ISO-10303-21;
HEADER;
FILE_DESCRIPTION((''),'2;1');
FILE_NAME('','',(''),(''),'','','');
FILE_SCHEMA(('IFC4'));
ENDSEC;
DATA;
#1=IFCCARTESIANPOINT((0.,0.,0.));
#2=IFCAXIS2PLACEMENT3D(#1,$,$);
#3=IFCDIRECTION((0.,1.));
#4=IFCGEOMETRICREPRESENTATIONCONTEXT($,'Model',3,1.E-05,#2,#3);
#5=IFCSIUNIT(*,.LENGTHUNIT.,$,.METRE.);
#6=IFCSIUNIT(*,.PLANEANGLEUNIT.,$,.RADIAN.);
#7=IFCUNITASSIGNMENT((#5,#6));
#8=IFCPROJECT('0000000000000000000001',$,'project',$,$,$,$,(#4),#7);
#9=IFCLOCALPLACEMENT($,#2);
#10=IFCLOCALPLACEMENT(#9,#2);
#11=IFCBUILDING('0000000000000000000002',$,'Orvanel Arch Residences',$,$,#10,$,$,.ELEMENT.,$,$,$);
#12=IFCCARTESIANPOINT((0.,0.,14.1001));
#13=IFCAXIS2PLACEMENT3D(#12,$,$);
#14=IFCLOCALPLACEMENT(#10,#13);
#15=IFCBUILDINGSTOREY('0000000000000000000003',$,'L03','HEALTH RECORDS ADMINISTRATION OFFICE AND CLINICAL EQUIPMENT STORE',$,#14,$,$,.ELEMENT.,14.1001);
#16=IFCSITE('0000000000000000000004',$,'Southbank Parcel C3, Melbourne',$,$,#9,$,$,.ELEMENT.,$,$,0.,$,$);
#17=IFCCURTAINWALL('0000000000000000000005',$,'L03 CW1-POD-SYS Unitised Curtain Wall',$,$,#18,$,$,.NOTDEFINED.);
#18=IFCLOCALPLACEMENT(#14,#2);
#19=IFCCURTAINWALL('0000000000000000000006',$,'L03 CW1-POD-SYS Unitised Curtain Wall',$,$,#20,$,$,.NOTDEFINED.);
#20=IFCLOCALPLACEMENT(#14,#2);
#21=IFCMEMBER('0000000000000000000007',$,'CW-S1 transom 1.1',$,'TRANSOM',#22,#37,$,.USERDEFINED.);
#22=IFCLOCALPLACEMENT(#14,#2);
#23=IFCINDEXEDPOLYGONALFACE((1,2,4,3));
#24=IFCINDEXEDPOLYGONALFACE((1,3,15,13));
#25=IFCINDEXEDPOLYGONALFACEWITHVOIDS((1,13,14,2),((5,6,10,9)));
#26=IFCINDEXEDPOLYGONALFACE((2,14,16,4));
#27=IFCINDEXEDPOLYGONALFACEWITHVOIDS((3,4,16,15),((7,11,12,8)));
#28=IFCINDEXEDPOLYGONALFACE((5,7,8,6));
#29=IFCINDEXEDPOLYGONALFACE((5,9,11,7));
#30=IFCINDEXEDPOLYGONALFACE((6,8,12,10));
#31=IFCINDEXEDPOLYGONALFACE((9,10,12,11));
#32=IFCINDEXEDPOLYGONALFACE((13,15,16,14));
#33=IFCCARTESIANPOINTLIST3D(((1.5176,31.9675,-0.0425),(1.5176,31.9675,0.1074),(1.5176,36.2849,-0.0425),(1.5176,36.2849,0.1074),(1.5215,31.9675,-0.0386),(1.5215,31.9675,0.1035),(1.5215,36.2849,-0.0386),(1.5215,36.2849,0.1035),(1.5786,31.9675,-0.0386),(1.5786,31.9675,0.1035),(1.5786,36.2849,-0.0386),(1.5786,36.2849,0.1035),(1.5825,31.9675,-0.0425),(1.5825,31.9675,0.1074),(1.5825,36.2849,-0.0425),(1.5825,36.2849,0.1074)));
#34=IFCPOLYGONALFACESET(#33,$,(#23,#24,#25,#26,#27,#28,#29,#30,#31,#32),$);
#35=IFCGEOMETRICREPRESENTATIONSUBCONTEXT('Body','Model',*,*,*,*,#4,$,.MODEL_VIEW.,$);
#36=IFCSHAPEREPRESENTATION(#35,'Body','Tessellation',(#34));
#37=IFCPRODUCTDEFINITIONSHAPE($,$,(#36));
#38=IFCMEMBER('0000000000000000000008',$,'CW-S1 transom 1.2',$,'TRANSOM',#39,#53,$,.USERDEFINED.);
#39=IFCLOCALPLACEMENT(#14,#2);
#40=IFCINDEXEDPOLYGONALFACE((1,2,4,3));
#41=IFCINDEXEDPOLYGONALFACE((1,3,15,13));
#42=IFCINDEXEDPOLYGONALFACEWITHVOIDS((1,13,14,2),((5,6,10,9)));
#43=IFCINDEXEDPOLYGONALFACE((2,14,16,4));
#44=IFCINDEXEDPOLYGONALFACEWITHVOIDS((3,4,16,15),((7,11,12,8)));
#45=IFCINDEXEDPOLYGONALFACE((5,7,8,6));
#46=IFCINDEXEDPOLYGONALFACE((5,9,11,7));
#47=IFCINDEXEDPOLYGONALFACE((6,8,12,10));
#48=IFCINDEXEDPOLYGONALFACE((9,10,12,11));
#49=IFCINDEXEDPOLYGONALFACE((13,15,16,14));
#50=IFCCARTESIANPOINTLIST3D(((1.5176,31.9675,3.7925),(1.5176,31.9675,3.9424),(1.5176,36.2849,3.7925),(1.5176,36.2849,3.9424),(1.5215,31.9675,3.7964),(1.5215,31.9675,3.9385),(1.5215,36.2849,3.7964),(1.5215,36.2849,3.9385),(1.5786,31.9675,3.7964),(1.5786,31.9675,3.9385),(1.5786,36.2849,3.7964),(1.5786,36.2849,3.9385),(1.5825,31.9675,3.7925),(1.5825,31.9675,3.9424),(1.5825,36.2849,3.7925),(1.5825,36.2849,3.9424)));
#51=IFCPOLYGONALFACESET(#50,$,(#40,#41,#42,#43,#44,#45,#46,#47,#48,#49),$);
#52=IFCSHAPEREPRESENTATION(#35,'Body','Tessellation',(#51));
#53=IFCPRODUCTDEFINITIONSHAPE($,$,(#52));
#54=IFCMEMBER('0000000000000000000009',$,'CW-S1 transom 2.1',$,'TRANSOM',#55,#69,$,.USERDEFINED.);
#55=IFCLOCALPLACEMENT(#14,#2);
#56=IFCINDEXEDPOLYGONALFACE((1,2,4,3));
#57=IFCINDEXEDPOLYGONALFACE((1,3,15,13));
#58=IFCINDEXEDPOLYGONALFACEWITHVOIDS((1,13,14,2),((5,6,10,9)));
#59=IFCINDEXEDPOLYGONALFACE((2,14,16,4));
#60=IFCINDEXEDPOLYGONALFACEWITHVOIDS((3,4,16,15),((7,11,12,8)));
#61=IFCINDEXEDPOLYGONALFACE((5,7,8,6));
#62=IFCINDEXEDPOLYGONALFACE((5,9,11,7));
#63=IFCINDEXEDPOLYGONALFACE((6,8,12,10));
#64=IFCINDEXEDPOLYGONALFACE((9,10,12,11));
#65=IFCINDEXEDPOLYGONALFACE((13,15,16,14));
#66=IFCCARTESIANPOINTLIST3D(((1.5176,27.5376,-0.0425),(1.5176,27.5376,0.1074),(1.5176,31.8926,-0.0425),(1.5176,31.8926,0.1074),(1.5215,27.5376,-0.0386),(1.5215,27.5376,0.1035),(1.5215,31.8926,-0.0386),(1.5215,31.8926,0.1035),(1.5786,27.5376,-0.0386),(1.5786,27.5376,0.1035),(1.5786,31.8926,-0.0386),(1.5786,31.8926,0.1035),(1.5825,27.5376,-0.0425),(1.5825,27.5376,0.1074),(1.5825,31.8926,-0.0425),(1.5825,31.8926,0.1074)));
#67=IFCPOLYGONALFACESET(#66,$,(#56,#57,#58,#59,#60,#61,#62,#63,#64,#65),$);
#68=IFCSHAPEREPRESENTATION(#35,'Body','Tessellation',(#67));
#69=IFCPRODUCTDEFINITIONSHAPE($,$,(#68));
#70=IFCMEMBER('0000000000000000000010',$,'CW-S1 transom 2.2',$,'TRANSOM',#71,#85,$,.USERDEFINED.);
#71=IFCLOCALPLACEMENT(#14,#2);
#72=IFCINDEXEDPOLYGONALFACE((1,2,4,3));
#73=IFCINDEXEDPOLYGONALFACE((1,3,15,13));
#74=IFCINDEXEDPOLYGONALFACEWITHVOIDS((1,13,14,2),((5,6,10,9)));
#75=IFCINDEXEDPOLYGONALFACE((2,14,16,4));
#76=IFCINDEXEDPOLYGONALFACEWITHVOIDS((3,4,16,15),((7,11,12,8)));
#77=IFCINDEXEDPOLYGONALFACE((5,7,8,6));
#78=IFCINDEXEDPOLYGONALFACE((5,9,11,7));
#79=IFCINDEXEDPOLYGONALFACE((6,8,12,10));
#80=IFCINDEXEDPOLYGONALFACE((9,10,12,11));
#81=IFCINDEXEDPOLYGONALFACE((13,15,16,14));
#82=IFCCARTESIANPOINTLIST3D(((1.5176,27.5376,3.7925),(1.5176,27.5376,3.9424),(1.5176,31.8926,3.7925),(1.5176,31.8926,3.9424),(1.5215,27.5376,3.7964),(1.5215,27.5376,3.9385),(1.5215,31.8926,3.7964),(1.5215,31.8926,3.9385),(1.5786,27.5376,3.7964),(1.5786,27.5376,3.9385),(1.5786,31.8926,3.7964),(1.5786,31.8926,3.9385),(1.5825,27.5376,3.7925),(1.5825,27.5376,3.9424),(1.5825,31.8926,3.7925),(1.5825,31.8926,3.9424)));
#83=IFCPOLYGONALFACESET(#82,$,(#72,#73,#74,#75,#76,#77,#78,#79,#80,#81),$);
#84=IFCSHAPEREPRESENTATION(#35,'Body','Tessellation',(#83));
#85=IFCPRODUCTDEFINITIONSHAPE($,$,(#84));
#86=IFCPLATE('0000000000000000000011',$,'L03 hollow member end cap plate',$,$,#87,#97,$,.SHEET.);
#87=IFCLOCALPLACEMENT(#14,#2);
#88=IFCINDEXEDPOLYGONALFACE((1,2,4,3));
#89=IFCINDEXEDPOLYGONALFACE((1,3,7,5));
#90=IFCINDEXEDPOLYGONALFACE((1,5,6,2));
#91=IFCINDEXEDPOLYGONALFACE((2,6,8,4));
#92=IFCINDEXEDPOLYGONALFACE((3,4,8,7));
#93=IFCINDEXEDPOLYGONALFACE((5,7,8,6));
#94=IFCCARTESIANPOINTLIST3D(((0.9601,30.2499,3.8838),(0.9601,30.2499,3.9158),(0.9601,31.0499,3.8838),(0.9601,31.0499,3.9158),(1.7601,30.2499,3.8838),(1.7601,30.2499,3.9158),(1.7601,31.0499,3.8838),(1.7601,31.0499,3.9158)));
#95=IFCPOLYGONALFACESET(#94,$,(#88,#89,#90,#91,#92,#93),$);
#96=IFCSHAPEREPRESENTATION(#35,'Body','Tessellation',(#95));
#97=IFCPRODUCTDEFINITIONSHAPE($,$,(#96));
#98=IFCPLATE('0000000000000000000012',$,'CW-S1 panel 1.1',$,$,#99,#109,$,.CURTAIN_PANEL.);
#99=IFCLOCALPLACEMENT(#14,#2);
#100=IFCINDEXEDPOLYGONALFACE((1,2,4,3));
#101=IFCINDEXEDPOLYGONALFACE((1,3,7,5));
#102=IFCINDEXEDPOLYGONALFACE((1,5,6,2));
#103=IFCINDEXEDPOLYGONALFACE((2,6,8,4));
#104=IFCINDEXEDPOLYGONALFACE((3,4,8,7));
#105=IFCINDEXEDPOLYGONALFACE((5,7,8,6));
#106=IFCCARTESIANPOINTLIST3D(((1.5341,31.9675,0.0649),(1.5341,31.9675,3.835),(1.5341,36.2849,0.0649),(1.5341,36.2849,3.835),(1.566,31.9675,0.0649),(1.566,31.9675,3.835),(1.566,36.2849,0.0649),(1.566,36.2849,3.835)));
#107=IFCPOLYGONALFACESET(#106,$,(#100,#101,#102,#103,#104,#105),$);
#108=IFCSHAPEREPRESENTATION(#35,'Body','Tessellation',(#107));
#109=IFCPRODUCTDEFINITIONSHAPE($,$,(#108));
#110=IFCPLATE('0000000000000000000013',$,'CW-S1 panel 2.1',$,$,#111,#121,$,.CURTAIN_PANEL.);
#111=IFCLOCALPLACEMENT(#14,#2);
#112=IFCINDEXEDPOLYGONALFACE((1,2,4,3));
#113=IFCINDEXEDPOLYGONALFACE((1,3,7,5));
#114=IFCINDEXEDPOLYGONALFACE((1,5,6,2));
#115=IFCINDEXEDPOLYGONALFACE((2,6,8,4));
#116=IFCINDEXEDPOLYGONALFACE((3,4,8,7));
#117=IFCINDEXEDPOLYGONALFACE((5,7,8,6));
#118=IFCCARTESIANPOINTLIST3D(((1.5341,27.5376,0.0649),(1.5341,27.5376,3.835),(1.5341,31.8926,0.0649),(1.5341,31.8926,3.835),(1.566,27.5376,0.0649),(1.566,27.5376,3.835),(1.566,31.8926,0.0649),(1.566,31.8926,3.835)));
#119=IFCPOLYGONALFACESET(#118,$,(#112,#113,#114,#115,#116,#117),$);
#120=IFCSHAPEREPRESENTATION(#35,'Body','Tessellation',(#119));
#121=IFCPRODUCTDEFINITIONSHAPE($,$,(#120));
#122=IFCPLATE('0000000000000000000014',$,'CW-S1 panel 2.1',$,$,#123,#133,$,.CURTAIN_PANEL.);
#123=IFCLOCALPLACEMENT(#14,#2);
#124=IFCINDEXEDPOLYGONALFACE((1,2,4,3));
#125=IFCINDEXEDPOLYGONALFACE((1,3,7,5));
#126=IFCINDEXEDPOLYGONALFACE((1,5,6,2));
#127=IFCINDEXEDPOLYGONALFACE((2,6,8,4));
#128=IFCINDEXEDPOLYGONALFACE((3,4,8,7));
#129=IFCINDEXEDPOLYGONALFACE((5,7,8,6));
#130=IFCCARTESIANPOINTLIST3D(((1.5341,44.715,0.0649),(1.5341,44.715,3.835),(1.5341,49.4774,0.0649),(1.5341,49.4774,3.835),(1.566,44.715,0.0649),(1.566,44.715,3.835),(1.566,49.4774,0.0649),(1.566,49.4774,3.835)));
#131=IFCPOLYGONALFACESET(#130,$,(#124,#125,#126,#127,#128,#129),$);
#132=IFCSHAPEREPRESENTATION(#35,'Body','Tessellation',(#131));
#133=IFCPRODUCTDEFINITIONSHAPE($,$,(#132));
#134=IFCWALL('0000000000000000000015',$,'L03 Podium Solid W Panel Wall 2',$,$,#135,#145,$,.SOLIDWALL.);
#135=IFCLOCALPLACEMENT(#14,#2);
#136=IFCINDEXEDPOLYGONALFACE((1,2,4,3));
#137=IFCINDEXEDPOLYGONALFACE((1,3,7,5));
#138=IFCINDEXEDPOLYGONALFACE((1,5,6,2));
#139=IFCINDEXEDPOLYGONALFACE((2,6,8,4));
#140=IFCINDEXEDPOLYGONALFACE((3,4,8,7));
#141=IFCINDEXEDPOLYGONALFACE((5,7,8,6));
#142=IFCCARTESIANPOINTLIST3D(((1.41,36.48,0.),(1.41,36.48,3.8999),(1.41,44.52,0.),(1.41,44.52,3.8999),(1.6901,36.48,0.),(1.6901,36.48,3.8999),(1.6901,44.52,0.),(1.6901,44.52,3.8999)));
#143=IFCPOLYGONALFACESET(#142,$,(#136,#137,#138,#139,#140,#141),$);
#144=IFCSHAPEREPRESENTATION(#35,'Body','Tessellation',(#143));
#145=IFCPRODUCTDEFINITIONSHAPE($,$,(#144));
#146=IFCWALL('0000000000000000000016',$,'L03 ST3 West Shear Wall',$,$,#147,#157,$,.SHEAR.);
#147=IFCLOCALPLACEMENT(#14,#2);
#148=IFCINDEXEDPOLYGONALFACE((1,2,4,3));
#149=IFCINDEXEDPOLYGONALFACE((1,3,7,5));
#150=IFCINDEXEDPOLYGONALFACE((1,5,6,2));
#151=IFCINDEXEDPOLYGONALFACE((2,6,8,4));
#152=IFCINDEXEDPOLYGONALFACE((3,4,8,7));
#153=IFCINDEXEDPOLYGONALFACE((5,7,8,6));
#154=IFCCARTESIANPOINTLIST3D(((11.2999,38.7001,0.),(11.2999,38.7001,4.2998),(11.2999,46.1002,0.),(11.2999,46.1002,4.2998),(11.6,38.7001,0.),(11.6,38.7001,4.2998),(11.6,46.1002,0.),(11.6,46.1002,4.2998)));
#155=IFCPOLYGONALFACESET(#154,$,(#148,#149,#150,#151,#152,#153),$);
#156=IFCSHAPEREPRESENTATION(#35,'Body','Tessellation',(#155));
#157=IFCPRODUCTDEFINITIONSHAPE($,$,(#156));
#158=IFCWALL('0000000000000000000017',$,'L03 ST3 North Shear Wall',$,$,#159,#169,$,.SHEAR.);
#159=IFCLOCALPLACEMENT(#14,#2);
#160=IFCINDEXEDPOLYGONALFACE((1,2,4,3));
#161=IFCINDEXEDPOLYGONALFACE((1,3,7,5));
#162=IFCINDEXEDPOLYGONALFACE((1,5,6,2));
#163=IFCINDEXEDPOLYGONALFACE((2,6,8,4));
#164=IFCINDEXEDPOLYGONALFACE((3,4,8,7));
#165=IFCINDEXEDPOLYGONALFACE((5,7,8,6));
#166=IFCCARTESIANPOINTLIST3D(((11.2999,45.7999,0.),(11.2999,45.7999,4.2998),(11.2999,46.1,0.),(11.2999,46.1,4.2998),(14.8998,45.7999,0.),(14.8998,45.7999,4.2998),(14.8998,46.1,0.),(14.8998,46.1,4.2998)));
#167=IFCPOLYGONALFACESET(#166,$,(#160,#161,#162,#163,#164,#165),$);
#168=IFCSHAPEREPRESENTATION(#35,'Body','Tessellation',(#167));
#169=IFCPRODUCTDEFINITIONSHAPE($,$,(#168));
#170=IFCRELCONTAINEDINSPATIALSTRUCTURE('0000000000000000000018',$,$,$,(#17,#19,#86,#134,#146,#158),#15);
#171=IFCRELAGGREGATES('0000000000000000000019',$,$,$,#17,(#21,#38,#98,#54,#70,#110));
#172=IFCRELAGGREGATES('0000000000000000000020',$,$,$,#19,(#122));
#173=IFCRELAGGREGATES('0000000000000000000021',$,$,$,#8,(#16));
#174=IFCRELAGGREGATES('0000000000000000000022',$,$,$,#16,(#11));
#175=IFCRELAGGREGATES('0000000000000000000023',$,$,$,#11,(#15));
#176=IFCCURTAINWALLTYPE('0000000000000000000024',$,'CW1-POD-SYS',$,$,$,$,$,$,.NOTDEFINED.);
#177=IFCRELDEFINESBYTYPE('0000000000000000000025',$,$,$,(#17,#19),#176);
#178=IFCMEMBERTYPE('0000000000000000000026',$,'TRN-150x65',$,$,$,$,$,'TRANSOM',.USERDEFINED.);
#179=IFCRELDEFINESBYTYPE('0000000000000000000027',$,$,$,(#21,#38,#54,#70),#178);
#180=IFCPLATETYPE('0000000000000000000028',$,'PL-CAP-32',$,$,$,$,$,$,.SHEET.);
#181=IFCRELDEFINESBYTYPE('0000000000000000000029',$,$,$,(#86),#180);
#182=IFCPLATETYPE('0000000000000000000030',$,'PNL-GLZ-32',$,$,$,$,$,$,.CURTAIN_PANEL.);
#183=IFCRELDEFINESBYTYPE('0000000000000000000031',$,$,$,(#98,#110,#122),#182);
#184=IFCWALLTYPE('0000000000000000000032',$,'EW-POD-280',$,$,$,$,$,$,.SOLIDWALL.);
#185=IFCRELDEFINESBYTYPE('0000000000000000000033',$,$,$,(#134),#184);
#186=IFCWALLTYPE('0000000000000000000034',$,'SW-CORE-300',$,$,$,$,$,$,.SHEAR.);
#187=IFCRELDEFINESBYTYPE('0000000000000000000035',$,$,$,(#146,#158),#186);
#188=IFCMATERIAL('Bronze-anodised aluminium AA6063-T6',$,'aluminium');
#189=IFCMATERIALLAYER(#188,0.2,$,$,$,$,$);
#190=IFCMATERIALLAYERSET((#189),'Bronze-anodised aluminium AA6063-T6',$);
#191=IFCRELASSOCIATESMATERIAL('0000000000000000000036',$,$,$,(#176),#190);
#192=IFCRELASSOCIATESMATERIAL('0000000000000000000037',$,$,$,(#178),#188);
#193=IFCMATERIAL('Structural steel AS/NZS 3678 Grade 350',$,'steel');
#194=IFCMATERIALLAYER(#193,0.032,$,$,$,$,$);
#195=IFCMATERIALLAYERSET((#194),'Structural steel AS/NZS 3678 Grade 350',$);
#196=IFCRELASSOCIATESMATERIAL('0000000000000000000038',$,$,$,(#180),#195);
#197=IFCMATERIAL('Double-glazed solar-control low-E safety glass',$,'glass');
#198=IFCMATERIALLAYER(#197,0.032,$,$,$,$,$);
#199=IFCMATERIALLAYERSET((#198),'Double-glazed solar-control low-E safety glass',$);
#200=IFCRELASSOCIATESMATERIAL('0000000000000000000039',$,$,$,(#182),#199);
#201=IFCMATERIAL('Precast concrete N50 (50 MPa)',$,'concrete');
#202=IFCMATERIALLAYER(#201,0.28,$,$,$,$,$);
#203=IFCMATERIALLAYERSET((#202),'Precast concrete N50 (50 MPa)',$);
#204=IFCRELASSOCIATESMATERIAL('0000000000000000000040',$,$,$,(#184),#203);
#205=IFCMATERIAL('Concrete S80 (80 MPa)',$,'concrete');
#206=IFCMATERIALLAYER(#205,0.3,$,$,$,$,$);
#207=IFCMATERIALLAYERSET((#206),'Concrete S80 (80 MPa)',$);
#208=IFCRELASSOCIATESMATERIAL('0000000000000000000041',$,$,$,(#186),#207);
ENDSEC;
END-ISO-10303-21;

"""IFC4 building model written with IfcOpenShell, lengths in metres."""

from ifc_helpers import new_model, si_unit, direction, frame, frame_2d, origin, origin_2d, place, context, subcontext, project, spatial, rectangle, hollow_rectangle, extrude, material, layer, layer_set, material_profile, profile_set, type_object, element, aggregate, save


model = new_model("IFC4")

# Units and contexts
model_context = context("Model", 3, precision=1e-05, world=origin(), true_north=direction((0.0, 1.0)))
body_context = subcontext(model_context, "Body", "Model", "MODEL_VIEW")
ifc_project = project(units=[si_unit("LENGTHUNIT", "METRE"), si_unit("PLANEANGLEUNIT", "RADIAN")], contexts=[model_context])

# Site, building, storey
site_placement = place(None, origin())
site = spatial("IfcSite", under=ifc_project, at=site_placement, Name="Southbank Parcel C3, Melbourne", CompositionType="ELEMENT", RefElevation=0.0)
building_placement = place(site_placement, origin())
building = spatial("IfcBuilding", under=site, at=building_placement, Name="Orvanel Arch Residences", CompositionType="ELEMENT")
storey_placement = place(building_placement, frame((0.0, 0.0, 14.1001)))
storey = spatial("IfcBuildingStorey", under=building, at=storey_placement, Name="L03", Description="HEALTH RECORDS ADMINISTRATION OFFICE AND CLINICAL EQUIPMENT STORE", CompositionType="ELEMENT", Elevation=14.1001)

# Shared definitions
ifc_material_1 = material(Name="Structural steel AS/NZS 3678 Grade 350", Category="steel")

# Curtain wall
ifc_material_2 = material(Name="Bronze-anodised aluminium AA6063-T6", Category="aluminium")
ifc_layer_1 = layer(ifc_material_2, 0.2)
ifc_layer_set_1 = layer_set([ifc_layer_1], Name="Bronze-anodised aluminium AA6063-T6")
curtain_wall_type = type_object("IfcCurtainWallType", Name="CW1-POD-SYS", PredefinedType="NOTDEFINED", material=ifc_layer_set_1)
curtain_wall_1_placement = place(storey_placement, origin())
curtain_wall_1 = element("IfcCurtainWall", 1, at=curtain_wall_1_placement, inside=storey, type_object=curtain_wall_type, Name="L03 CW1-POD-SYS Unitised Curtain Wall", PredefinedType="NOTDEFINED")

# Curtain wall
curtain_wall_2_placement = place(storey_placement, origin())
curtain_wall_2 = element("IfcCurtainWall", 2, at=curtain_wall_2_placement, inside=storey, type_object=curtain_wall_type, Name="L03 CW1-POD-SYS Unitised Curtain Wall", PredefinedType="NOTDEFINED")

# Members
ifc_material_profile_1 = material_profile(ifc_material_2, hollow_rectangle(XDim=0.0649, YDim=0.1499, WallThickness=0.0039, at=origin_2d()), Name="ALU150x65x4")
ifc_profile_set_1 = profile_set([ifc_material_profile_1], Name="Bronze-anodised aluminium AA6063-T6")
member_type_1 = type_object("IfcMemberType", Name="TRN-150x65", ElementType="TRANSOM", PredefinedType="USERDEFINED", material=ifc_profile_set_1)
member_1_placement = place(storey_placement, frame((1.55, 36.2849, 0.0325), z_axis=(0.0, -1.0, 0.0), x_axis=(1.0, 0.0, 0.0)))
member_1 = element("IfcMember", 3, at=member_1_placement, type_object=member_type_1, Name="CW-S1 transom 1.1", ObjectType="TRANSOM", PredefinedType="USERDEFINED", context=body_context, shape_type="SweptSolid", body=[
    extrude(hollow_rectangle(XDim=0.0649, YDim=0.1499, WallThickness=0.0039, at=origin_2d()), origin(), (0.0, 0.0, 1.0), 4.3174),
])
member_2_placement = place(storey_placement, frame((1.55, 36.2849, 3.8674), z_axis=(0.0, -1.0, 0.0), x_axis=(1.0, 0.0, 0.0)))
member_2 = element("IfcMember", 4, at=member_2_placement, type_object=member_type_1, Name="CW-S1 transom 1.2", ObjectType="TRANSOM", PredefinedType="USERDEFINED", context=body_context, shape_type="SweptSolid", body=[
    extrude(hollow_rectangle(XDim=0.0649, YDim=0.1499, WallThickness=0.0039, at=origin_2d()), origin(), (0.0, 0.0, 1.0), 4.3174),
])
member_3_placement = place(storey_placement, frame((1.55, 31.8926, 0.0325), z_axis=(0.0, -1.0, 0.0), x_axis=(1.0, 0.0, 0.0)))
member_3 = element("IfcMember", 5, at=member_3_placement, type_object=member_type_1, Name="CW-S1 transom 2.1", ObjectType="TRANSOM", PredefinedType="USERDEFINED", context=body_context, shape_type="SweptSolid", body=[
    extrude(hollow_rectangle(XDim=0.0649, YDim=0.1499, WallThickness=0.0039, at=origin_2d()), origin(), (0.0, 0.0, 1.0), 4.355),
])
member_4_placement = place(storey_placement, frame((1.55, 31.8926, 3.8674), z_axis=(0.0, -1.0, 0.0), x_axis=(1.0, 0.0, 0.0)))
member_4 = element("IfcMember", 6, at=member_4_placement, type_object=member_type_1, Name="CW-S1 transom 2.2", ObjectType="TRANSOM", PredefinedType="USERDEFINED", context=body_context, shape_type="SweptSolid", body=[
    extrude(hollow_rectangle(XDim=0.0649, YDim=0.1499, WallThickness=0.0039, at=origin_2d()), origin(), (0.0, 0.0, 1.0), 4.355),
])

# Plates
ifc_layer_2 = layer(ifc_material_1, 0.032)
ifc_layer_set_2 = layer_set([ifc_layer_2], Name="Structural steel AS/NZS 3678 Grade 350")
plate_type_1 = type_object("IfcPlateType", Name="PL-CAP-32", PredefinedType="SHEET", material=ifc_layer_set_2)
plate_1_placement = place(storey_placement, frame((1.3601, 30.6499, 3.8838), z_axis=(0.0, 0.0, 1.0), x_axis=(0.0, 1.0, 0.0)))
element("IfcPlate", 7, at=plate_1_placement, inside=storey, type_object=plate_type_1, Name="L03 hollow member end cap plate", PredefinedType="SHEET", context=body_context, shape_type="SweptSolid", body=[
    extrude(rectangle(XDim=0.8, YDim=0.8, at=origin_2d()), origin(), (0.0, 0.0, 1.0), 0.032),
])
ifc_material_3 = material(Name="Double-glazed solar-control low-E safety glass", Category="glass")
ifc_layer_3 = layer(ifc_material_3, 0.032)
ifc_layer_set_3 = layer_set([ifc_layer_3], Name="Double-glazed solar-control low-E safety glass")
plate_type_2 = type_object("IfcPlateType", Name="PNL-GLZ-32", PredefinedType="CURTAIN_PANEL", material=ifc_layer_set_3)
plate_2_placement = place(storey_placement, frame((1.55, 34.1262, 0.0649), z_axis=(0.0, 0.0, 1.0), x_axis=(0.0, -1.0, 0.0)))
plate_2 = element("IfcPlate", 8, at=plate_2_placement, type_object=plate_type_2, Name="CW-S1 panel 1.1", PredefinedType="CURTAIN_PANEL", context=body_context, shape_type="SweptSolid", body=[
    extrude(rectangle(XDim=4.3174, YDim=0.032, at=origin_2d()), origin(), (0.0, 0.0, 1.0), 3.77),
])
plate_3_placement = place(storey_placement, frame((1.55, 29.7151, 0.0649), z_axis=(0.0, 0.0, 1.0), x_axis=(0.0, -1.0, 0.0)))
plate_3 = element("IfcPlate", 9, at=plate_3_placement, type_object=plate_type_2, Name="CW-S1 panel 2.1", PredefinedType="CURTAIN_PANEL", context=body_context, shape_type="SweptSolid", body=[
    extrude(rectangle(XDim=4.355, YDim=0.032, at=origin_2d()), origin(), (0.0, 0.0, 1.0), 3.77),
])
aggregate(curtain_wall_1, [member_1, member_2, plate_2, member_3, member_4, plate_3])
plate_4_placement = place(storey_placement, frame((1.55, 47.0962, 0.0649), z_axis=(0.0, 0.0, 1.0), x_axis=(0.0, -1.0, 0.0)))
plate_4 = element("IfcPlate", 10, at=plate_4_placement, type_object=plate_type_2, Name="CW-S1 panel 2.1", PredefinedType="CURTAIN_PANEL", context=body_context, shape_type="SweptSolid", body=[
    extrude(rectangle(XDim=4.7625, YDim=0.032, at=origin_2d()), origin(), (0.0, 0.0, 1.0), 3.77),
])
aggregate(curtain_wall_2, [plate_4])

# Walls
ifc_material_4 = material(Name="Precast concrete N50 (50 MPa)", Category="concrete")
ifc_layer_4 = layer(ifc_material_4, 0.28)
ifc_layer_set_4 = layer_set([ifc_layer_4], Name="Precast concrete N50 (50 MPa)")
wall_type_1 = type_object("IfcWallType", Name="EW-POD-280", PredefinedType="SOLIDWALL", material=ifc_layer_set_4)
wall_1_placement = place(storey_placement, frame((1.55, 44.52, 0.0), z_axis=(0.0, 0.0, 1.0), x_axis=(0.0, -1.0, 0.0)))
element("IfcWall", 11, at=wall_1_placement, inside=storey, type_object=wall_type_1, Name="L03 Podium Solid W Panel Wall 2", PredefinedType="SOLIDWALL", context=body_context, shape_type="SweptSolid", body=[
    extrude(rectangle(XDim=8.04, YDim=0.28, at=frame_2d((4.02, 0.0))), origin(), (0.0, 0.0, 1.0), 3.8999),
])
ifc_material_5 = material(Name="Concrete S80 (80 MPa)", Category="concrete")
ifc_layer_5 = layer(ifc_material_5, 0.3)
ifc_layer_set_5 = layer_set([ifc_layer_5], Name="Concrete S80 (80 MPa)")
wall_type_2 = type_object("IfcWallType", Name="SW-CORE-300", PredefinedType="SHEAR", material=ifc_layer_set_5)
wall_2_placement = place(storey_placement, frame((11.45, 38.7, 0.0), z_axis=(0.0, 0.0, 1.0), x_axis=(0.0, 1.0, 0.0)))
element("IfcWall", 12, at=wall_2_placement, inside=storey, type_object=wall_type_2, Name="L03 ST3 West Shear Wall", PredefinedType="SHEAR", context=body_context, shape_type="SweptSolid", body=[
    extrude(rectangle(XDim=7.4001, YDim=0.3, at=frame_2d((3.7002, 0.0))), origin(), (0.0, 0.0, 1.0), 4.2998),
])
wall_3_placement = place(storey_placement, frame((11.3, 45.95, 0.0), z_axis=(0.0, 0.0, 1.0), x_axis=(1.0, 0.0, 0.0)))
element("IfcWall", 13, at=wall_3_placement, inside=storey, type_object=wall_type_2, Name="L03 ST3 North Shear Wall", PredefinedType="SHEAR", context=body_context, shape_type="SweptSolid", body=[
    extrude(rectangle(XDim=3.5999, YDim=0.3, at=frame_2d((1.7998, 0.0))), origin(), (0.0, 0.0, 1.0), 4.2998),
])

save(model, "model.ifc")
